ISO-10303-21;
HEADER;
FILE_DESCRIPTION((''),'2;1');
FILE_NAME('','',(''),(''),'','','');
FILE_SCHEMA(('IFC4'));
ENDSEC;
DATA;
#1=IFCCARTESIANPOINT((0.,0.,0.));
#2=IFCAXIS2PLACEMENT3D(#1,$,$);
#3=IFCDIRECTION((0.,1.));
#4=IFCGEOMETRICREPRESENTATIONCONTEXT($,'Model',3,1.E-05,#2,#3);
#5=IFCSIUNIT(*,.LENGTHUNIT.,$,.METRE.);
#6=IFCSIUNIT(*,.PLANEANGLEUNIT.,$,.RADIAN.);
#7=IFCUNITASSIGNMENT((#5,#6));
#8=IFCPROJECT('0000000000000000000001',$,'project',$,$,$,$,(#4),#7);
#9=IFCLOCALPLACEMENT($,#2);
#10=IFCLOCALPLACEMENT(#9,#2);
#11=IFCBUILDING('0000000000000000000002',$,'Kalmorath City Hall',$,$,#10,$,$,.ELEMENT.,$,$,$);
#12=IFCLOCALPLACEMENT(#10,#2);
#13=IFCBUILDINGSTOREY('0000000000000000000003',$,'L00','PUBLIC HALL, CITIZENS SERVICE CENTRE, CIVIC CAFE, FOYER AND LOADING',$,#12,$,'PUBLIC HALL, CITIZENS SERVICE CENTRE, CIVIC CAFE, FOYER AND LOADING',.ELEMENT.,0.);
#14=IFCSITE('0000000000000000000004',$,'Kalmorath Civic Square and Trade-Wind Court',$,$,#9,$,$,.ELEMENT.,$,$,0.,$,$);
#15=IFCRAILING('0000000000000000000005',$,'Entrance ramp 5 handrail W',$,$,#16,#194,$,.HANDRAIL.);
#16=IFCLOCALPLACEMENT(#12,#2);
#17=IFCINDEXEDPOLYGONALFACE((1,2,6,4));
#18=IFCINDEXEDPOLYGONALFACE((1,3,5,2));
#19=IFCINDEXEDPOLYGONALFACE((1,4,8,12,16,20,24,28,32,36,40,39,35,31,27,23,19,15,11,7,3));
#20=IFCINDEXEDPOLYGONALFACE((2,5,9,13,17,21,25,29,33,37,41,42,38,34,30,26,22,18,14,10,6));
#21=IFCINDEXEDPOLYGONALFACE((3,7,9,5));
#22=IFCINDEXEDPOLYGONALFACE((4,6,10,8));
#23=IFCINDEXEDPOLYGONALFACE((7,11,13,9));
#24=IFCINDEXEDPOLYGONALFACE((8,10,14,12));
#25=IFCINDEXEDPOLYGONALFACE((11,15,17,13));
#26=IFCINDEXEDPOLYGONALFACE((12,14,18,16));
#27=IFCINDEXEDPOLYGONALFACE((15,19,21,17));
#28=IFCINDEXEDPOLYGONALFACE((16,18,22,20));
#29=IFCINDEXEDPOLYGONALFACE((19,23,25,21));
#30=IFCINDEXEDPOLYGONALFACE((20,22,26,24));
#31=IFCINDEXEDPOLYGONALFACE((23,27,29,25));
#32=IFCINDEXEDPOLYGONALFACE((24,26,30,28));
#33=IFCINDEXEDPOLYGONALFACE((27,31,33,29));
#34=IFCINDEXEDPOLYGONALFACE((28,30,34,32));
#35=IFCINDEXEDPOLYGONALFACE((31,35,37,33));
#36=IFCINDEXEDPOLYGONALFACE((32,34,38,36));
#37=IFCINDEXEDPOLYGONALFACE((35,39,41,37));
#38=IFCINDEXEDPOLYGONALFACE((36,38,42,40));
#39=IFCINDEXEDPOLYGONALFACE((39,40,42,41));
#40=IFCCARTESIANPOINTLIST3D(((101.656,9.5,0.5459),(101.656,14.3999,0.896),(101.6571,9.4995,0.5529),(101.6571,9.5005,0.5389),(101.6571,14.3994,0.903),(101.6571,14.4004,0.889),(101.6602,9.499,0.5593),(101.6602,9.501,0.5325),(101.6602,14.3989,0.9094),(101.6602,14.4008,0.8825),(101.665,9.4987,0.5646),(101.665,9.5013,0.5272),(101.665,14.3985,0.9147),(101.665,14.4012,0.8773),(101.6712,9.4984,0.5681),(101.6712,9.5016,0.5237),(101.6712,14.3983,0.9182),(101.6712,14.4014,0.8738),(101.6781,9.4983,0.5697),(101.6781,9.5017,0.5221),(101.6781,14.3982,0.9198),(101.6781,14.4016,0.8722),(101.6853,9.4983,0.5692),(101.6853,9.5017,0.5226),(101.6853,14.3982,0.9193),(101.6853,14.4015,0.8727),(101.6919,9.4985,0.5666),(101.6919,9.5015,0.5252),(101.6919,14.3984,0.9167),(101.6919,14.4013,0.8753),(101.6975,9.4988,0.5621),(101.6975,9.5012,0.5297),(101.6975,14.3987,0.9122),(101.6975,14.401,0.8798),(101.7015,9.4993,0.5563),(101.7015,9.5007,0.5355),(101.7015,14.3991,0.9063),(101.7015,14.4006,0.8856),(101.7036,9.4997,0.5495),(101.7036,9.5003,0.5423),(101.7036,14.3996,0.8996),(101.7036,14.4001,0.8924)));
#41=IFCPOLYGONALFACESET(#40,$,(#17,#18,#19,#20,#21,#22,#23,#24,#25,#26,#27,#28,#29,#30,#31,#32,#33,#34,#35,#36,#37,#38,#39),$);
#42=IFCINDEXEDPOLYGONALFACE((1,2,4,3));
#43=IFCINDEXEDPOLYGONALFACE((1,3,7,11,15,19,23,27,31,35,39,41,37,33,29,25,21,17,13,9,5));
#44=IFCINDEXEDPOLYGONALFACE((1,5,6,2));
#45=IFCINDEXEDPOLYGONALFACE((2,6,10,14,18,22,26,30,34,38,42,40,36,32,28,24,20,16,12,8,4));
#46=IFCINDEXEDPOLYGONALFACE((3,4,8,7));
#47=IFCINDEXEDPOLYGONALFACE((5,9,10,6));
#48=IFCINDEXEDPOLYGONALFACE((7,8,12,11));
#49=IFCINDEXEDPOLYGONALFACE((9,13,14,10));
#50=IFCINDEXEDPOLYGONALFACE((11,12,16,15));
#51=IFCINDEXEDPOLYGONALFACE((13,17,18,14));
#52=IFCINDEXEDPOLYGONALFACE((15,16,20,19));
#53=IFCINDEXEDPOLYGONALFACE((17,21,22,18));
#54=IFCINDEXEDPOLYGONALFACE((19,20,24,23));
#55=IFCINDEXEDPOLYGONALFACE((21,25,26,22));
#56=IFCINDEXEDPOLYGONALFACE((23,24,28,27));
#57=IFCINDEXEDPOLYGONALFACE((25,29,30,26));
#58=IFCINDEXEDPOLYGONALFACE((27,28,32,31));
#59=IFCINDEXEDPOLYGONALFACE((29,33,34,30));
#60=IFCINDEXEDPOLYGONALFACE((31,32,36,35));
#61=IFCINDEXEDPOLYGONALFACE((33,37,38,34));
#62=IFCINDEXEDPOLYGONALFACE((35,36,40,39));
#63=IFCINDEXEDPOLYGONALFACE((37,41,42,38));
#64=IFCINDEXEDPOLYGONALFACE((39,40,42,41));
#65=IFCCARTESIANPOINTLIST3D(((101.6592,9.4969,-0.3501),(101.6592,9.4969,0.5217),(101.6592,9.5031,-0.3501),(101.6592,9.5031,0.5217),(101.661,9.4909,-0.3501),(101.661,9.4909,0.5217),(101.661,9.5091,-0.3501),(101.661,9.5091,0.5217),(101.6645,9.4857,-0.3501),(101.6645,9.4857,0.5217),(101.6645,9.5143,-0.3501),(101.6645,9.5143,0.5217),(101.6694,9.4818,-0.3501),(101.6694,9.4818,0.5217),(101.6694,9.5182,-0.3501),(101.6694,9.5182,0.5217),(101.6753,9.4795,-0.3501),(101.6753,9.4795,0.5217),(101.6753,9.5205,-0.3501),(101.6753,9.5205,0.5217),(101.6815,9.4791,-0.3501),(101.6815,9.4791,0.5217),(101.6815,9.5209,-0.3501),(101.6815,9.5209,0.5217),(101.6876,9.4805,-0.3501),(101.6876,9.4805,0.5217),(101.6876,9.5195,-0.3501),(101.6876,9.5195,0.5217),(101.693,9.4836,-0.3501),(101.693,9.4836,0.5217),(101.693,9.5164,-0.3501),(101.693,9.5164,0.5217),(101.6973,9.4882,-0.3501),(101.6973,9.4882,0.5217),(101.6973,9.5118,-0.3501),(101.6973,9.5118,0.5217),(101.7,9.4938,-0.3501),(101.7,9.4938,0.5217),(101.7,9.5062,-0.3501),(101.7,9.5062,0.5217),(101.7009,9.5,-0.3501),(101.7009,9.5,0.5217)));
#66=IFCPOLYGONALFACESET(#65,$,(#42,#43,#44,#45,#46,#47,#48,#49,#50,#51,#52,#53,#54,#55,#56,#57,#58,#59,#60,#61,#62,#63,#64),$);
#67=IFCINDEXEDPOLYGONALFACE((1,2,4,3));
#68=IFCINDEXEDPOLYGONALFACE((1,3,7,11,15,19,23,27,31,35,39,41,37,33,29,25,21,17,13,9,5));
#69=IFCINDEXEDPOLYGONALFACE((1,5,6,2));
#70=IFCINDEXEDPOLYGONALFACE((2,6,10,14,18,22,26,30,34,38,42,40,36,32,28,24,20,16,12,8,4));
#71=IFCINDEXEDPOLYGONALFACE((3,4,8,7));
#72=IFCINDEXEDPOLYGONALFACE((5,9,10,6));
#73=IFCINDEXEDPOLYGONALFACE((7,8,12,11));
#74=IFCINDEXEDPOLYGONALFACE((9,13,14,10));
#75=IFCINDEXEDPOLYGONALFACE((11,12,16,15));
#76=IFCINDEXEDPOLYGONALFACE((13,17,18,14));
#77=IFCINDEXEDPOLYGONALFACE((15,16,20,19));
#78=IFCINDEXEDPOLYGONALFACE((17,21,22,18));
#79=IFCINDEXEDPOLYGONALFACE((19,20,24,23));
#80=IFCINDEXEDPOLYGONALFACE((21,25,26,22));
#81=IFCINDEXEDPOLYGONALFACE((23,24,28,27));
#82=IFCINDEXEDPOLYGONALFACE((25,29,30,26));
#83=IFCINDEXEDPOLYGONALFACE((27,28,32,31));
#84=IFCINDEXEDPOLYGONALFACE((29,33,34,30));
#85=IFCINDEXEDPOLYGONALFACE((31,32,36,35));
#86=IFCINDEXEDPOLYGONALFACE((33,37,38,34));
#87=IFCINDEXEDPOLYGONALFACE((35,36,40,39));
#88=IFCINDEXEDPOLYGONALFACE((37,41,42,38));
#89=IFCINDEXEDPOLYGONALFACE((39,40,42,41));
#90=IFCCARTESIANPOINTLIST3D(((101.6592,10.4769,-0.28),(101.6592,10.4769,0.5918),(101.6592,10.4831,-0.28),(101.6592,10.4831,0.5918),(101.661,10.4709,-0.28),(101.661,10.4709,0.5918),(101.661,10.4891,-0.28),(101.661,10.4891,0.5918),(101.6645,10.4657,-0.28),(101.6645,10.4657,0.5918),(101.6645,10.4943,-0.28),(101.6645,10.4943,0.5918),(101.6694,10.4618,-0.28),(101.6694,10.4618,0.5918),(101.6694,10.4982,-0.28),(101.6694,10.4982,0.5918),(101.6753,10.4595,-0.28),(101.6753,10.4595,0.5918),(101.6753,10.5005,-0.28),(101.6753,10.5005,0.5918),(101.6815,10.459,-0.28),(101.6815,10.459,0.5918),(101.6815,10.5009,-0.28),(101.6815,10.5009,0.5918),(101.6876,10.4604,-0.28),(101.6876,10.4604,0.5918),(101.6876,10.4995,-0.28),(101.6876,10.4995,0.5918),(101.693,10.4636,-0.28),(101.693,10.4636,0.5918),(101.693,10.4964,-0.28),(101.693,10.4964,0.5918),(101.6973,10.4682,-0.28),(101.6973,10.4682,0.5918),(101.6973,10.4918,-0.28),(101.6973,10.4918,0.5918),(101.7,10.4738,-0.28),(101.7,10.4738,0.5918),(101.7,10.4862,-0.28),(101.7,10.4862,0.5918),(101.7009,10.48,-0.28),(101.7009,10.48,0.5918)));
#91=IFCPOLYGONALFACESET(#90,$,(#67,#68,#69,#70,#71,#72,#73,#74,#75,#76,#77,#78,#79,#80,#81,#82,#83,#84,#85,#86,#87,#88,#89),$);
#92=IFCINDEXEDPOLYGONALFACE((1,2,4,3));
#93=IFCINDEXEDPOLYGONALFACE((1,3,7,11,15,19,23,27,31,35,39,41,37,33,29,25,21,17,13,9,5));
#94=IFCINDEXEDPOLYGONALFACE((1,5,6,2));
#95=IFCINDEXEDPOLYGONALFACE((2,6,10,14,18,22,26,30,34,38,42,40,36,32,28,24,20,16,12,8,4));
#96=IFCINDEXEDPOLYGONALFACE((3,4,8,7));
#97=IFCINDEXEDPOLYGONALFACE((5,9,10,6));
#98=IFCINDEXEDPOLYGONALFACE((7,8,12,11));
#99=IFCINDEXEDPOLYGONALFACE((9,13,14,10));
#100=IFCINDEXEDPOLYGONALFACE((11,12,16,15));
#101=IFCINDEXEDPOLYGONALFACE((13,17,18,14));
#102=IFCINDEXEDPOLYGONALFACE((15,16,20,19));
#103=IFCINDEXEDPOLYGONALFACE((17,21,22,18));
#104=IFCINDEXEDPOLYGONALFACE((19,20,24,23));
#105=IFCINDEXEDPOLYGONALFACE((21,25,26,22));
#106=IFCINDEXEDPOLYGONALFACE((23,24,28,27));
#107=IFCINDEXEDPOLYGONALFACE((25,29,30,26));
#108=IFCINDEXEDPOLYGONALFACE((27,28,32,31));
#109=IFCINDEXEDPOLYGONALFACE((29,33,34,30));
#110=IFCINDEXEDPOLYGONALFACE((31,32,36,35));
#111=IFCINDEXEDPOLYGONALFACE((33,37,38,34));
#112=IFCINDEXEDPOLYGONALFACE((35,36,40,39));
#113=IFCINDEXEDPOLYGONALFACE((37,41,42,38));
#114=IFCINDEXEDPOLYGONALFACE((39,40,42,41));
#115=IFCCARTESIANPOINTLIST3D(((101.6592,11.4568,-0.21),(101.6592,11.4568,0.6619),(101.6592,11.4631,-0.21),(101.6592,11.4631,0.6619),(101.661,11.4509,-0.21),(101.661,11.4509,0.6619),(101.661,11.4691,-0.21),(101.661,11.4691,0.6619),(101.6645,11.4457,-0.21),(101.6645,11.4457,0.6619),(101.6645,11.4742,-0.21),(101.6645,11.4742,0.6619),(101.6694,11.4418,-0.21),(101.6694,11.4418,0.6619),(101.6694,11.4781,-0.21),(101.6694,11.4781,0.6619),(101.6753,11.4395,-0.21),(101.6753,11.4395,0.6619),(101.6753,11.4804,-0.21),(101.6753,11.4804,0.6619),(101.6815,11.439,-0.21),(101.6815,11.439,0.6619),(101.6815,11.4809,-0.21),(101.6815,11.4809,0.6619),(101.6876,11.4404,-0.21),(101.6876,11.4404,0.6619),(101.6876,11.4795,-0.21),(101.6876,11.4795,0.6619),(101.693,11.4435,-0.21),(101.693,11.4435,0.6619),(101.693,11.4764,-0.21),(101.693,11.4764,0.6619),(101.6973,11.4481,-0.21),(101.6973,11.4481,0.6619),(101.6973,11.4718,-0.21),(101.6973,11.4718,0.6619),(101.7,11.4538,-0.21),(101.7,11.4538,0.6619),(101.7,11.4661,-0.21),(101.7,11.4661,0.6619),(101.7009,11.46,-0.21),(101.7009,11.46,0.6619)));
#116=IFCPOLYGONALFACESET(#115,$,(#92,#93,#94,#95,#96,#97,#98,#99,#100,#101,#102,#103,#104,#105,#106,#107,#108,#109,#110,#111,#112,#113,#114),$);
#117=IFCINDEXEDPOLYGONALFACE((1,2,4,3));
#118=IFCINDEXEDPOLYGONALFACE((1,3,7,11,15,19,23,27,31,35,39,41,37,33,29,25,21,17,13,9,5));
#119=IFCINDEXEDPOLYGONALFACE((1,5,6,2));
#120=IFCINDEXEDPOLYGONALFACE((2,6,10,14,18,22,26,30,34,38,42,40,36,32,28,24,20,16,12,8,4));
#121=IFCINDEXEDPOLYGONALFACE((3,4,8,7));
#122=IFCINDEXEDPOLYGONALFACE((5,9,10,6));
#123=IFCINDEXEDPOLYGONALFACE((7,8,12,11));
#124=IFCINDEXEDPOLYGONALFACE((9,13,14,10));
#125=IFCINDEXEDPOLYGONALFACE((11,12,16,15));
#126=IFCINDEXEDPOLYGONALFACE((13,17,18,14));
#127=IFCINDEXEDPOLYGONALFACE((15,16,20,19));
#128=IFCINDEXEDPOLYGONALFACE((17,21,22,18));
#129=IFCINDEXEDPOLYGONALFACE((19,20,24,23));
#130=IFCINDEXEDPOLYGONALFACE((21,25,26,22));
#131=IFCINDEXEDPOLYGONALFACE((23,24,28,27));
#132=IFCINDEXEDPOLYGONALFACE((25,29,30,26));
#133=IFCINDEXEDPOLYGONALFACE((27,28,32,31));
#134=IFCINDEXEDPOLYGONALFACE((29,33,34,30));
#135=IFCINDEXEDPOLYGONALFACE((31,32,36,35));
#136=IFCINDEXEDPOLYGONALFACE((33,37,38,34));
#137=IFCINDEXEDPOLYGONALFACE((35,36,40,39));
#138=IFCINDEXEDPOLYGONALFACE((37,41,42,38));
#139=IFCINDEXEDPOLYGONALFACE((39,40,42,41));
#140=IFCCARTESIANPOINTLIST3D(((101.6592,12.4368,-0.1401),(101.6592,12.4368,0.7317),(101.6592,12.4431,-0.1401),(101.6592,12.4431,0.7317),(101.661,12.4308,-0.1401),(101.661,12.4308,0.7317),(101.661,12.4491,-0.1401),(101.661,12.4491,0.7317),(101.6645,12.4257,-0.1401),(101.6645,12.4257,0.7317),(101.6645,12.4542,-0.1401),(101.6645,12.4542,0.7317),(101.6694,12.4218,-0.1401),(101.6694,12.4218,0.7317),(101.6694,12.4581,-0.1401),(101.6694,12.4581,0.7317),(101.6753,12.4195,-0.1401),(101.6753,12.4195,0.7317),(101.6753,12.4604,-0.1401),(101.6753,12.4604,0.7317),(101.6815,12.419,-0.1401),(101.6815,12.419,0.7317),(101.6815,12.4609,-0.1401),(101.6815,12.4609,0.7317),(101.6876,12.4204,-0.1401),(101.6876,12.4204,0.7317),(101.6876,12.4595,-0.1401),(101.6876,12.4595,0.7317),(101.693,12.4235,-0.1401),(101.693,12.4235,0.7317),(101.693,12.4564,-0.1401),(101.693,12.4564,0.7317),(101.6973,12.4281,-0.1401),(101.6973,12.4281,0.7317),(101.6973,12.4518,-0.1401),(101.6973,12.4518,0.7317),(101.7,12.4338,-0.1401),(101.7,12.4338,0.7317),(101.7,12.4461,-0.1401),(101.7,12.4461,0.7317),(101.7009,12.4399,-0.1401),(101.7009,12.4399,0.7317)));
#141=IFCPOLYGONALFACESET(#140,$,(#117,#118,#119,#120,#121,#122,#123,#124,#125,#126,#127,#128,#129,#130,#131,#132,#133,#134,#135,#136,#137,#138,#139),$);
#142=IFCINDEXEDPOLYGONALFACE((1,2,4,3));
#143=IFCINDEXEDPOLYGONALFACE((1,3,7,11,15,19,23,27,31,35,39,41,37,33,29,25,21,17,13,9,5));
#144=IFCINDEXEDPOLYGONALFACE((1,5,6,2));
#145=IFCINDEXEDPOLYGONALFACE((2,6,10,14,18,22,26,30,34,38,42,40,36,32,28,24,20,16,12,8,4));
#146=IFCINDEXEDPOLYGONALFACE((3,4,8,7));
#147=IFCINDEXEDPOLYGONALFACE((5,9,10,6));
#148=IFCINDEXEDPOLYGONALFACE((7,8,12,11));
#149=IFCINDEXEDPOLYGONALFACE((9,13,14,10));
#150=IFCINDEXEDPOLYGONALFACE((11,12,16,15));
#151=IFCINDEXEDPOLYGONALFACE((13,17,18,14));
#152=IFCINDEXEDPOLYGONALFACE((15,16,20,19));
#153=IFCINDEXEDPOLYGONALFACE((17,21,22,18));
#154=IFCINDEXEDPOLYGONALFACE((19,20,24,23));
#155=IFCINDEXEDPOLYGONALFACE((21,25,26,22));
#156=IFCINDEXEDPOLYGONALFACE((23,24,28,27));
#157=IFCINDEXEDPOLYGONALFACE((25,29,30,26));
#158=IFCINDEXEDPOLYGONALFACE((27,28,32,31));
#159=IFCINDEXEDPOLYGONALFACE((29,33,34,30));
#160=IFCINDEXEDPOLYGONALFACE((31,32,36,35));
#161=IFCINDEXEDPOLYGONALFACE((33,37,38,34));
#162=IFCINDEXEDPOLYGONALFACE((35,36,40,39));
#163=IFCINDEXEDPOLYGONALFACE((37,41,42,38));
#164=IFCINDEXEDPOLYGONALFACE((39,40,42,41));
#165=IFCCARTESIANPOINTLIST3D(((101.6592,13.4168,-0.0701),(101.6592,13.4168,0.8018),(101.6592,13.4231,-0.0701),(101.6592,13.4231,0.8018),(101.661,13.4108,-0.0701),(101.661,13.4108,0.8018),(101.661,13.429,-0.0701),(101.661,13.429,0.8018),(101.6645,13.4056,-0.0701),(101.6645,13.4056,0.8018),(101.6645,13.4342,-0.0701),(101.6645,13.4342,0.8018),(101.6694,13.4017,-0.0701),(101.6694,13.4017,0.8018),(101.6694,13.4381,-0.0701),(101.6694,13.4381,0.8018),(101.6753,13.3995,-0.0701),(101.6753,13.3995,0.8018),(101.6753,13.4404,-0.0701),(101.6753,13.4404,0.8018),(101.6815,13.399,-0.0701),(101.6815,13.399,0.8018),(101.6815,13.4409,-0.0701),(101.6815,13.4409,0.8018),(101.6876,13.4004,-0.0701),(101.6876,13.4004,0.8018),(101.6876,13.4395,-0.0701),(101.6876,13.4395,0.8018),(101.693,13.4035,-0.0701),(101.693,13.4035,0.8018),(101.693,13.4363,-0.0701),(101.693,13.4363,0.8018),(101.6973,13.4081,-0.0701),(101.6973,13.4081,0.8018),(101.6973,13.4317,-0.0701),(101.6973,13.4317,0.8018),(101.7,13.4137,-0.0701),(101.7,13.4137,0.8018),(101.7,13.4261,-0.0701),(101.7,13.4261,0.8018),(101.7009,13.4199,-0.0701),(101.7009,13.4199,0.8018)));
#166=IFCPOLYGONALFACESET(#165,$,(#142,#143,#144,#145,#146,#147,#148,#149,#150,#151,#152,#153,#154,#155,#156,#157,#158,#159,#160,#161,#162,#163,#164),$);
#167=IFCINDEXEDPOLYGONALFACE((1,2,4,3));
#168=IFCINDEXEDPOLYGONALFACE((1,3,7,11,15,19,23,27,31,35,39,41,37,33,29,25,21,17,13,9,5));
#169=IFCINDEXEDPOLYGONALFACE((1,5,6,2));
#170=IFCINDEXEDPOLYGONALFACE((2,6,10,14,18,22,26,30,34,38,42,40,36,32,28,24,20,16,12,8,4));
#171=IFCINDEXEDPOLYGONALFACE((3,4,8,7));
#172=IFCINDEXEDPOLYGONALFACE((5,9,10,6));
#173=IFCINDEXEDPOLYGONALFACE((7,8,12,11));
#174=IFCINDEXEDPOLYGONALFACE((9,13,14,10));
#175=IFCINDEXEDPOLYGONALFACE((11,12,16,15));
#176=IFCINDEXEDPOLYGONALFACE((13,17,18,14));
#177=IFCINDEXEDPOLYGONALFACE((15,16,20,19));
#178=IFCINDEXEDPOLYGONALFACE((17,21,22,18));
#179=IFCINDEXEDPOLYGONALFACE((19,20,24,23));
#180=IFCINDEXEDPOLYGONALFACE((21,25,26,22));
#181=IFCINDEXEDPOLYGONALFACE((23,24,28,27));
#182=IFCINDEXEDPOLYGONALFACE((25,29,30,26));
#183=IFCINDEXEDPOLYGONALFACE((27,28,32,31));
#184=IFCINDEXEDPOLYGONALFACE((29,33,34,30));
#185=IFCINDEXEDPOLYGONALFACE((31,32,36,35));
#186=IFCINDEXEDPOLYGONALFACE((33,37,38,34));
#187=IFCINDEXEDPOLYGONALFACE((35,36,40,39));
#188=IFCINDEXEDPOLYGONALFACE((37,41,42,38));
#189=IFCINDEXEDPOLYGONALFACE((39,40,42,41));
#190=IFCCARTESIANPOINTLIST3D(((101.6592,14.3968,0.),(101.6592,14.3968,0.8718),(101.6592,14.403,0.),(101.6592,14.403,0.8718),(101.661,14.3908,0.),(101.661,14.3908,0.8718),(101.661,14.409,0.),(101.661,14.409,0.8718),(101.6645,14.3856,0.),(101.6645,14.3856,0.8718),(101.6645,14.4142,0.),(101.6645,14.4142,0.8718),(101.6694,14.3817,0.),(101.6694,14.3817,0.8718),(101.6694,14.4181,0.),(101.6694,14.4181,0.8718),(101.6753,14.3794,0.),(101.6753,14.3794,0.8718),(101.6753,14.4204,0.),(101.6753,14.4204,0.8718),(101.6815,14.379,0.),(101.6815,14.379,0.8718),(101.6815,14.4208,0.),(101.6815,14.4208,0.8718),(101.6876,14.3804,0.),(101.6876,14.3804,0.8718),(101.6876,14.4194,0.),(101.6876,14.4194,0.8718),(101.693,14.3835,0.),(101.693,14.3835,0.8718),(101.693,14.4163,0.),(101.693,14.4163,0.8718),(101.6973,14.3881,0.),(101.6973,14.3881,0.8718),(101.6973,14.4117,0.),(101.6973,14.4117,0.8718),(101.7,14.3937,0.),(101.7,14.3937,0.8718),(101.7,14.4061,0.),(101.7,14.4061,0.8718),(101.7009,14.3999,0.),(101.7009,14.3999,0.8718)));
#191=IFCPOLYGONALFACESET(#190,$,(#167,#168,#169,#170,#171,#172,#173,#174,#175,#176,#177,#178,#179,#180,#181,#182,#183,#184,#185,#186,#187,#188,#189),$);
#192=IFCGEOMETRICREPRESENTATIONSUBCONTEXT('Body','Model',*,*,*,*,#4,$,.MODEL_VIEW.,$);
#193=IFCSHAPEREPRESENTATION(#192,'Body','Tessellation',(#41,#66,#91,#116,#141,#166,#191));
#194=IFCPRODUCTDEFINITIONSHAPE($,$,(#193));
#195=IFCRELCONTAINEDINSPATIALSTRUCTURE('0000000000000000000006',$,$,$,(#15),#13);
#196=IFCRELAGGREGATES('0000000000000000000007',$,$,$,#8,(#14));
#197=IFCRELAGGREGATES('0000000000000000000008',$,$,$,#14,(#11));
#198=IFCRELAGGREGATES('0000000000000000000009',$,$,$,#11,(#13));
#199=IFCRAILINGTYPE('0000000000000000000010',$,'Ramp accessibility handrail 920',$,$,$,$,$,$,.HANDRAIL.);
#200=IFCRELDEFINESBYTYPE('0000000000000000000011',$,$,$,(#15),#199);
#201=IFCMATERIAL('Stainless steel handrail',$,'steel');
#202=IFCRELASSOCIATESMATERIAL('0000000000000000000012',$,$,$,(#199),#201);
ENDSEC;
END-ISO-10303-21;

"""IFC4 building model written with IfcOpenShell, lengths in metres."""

from ifc_helpers import new_model, si_unit, direction, frame, origin, origin_2d, place, context, subcontext, project, spatial, circle, extrude, material, type_object, element, save


model = new_model("IFC4")

# Units and contexts
model_context = context("Model", 3, precision=1e-05, world=origin(), true_north=direction((0.0, 1.0)))
body_context = subcontext(model_context, "Body", "Model", "MODEL_VIEW")
ifc_project = project(units=[si_unit("LENGTHUNIT", "METRE"), si_unit("PLANEANGLEUNIT", "RADIAN")], contexts=[model_context])

# Site, building, storey
site_placement = place(None, origin())
site = spatial("IfcSite", under=ifc_project, at=site_placement, Name="Kalmorath Civic Square and Trade-Wind Court", CompositionType="ELEMENT", RefElevation=0.0)
building_placement = place(site_placement, origin())
building = spatial("IfcBuilding", under=site, at=building_placement, Name="Kalmorath City Hall", CompositionType="ELEMENT")
storey_placement = place(building_placement, origin())
storey = spatial("IfcBuildingStorey", under=building, at=storey_placement, Name="L00", Description="PUBLIC HALL, CITIZENS SERVICE CENTRE, CIVIC CAFE, FOYER AND LOADING", LongName="PUBLIC HALL, CITIZENS SERVICE CENTRE, CIVIC CAFE, FOYER AND LOADING", CompositionType="ELEMENT", Elevation=0.0)

# Railing
ifc_material_1 = material(Name="Stainless steel handrail", Category="steel")
railing_type = type_object("IfcRailingType", Name="Ramp accessibility handrail 920", PredefinedType="HANDRAIL", material=ifc_material_1)
railing_placement = place(storey_placement, frame((101.6799, 9.5, -0.3501)))
element("IfcRailing", 1, at=railing_placement, inside=storey, type_object=railing_type, Name="Entrance ramp 5 handrail W", PredefinedType="HANDRAIL", context=body_context, shape_type="SweptSolid", body=[
    extrude(circle(Radius=0.0239, at=origin_2d()), frame((0.0, 0.0, 0.896), z_axis=(0.0, 0.997457, 0.071268), x_axis=(-1.0, 0.0, 0.0)), (0.0, 0.0, 1.0), 4.9124),
    extrude(circle(Radius=0.021, at=origin_2d()), origin(), (0.0, 0.0, 1.0), 0.8718),
    extrude(circle(Radius=0.021, at=origin_2d()), frame((0.0, 0.98, 0.0701)), (0.0, 0.0, 1.0), 0.8718),
    extrude(circle(Radius=0.021, at=origin_2d()), frame((0.0, 1.96, 0.1401)), (0.0, 0.0, 1.0), 0.8718),
    extrude(circle(Radius=0.021, at=origin_2d()), frame((0.0, 2.9399, 0.21)), (0.0, 0.0, 1.0), 0.8718),
    extrude(circle(Radius=0.021, at=origin_2d()), frame((0.0, 3.9199, 0.28)), (0.0, 0.0, 1.0), 0.8718),
    extrude(circle(Radius=0.021, at=origin_2d()), frame((0.0, 4.8999, 0.3501)), (0.0, 0.0, 1.0), 0.8718),
])

save(model, "model.ifc")
